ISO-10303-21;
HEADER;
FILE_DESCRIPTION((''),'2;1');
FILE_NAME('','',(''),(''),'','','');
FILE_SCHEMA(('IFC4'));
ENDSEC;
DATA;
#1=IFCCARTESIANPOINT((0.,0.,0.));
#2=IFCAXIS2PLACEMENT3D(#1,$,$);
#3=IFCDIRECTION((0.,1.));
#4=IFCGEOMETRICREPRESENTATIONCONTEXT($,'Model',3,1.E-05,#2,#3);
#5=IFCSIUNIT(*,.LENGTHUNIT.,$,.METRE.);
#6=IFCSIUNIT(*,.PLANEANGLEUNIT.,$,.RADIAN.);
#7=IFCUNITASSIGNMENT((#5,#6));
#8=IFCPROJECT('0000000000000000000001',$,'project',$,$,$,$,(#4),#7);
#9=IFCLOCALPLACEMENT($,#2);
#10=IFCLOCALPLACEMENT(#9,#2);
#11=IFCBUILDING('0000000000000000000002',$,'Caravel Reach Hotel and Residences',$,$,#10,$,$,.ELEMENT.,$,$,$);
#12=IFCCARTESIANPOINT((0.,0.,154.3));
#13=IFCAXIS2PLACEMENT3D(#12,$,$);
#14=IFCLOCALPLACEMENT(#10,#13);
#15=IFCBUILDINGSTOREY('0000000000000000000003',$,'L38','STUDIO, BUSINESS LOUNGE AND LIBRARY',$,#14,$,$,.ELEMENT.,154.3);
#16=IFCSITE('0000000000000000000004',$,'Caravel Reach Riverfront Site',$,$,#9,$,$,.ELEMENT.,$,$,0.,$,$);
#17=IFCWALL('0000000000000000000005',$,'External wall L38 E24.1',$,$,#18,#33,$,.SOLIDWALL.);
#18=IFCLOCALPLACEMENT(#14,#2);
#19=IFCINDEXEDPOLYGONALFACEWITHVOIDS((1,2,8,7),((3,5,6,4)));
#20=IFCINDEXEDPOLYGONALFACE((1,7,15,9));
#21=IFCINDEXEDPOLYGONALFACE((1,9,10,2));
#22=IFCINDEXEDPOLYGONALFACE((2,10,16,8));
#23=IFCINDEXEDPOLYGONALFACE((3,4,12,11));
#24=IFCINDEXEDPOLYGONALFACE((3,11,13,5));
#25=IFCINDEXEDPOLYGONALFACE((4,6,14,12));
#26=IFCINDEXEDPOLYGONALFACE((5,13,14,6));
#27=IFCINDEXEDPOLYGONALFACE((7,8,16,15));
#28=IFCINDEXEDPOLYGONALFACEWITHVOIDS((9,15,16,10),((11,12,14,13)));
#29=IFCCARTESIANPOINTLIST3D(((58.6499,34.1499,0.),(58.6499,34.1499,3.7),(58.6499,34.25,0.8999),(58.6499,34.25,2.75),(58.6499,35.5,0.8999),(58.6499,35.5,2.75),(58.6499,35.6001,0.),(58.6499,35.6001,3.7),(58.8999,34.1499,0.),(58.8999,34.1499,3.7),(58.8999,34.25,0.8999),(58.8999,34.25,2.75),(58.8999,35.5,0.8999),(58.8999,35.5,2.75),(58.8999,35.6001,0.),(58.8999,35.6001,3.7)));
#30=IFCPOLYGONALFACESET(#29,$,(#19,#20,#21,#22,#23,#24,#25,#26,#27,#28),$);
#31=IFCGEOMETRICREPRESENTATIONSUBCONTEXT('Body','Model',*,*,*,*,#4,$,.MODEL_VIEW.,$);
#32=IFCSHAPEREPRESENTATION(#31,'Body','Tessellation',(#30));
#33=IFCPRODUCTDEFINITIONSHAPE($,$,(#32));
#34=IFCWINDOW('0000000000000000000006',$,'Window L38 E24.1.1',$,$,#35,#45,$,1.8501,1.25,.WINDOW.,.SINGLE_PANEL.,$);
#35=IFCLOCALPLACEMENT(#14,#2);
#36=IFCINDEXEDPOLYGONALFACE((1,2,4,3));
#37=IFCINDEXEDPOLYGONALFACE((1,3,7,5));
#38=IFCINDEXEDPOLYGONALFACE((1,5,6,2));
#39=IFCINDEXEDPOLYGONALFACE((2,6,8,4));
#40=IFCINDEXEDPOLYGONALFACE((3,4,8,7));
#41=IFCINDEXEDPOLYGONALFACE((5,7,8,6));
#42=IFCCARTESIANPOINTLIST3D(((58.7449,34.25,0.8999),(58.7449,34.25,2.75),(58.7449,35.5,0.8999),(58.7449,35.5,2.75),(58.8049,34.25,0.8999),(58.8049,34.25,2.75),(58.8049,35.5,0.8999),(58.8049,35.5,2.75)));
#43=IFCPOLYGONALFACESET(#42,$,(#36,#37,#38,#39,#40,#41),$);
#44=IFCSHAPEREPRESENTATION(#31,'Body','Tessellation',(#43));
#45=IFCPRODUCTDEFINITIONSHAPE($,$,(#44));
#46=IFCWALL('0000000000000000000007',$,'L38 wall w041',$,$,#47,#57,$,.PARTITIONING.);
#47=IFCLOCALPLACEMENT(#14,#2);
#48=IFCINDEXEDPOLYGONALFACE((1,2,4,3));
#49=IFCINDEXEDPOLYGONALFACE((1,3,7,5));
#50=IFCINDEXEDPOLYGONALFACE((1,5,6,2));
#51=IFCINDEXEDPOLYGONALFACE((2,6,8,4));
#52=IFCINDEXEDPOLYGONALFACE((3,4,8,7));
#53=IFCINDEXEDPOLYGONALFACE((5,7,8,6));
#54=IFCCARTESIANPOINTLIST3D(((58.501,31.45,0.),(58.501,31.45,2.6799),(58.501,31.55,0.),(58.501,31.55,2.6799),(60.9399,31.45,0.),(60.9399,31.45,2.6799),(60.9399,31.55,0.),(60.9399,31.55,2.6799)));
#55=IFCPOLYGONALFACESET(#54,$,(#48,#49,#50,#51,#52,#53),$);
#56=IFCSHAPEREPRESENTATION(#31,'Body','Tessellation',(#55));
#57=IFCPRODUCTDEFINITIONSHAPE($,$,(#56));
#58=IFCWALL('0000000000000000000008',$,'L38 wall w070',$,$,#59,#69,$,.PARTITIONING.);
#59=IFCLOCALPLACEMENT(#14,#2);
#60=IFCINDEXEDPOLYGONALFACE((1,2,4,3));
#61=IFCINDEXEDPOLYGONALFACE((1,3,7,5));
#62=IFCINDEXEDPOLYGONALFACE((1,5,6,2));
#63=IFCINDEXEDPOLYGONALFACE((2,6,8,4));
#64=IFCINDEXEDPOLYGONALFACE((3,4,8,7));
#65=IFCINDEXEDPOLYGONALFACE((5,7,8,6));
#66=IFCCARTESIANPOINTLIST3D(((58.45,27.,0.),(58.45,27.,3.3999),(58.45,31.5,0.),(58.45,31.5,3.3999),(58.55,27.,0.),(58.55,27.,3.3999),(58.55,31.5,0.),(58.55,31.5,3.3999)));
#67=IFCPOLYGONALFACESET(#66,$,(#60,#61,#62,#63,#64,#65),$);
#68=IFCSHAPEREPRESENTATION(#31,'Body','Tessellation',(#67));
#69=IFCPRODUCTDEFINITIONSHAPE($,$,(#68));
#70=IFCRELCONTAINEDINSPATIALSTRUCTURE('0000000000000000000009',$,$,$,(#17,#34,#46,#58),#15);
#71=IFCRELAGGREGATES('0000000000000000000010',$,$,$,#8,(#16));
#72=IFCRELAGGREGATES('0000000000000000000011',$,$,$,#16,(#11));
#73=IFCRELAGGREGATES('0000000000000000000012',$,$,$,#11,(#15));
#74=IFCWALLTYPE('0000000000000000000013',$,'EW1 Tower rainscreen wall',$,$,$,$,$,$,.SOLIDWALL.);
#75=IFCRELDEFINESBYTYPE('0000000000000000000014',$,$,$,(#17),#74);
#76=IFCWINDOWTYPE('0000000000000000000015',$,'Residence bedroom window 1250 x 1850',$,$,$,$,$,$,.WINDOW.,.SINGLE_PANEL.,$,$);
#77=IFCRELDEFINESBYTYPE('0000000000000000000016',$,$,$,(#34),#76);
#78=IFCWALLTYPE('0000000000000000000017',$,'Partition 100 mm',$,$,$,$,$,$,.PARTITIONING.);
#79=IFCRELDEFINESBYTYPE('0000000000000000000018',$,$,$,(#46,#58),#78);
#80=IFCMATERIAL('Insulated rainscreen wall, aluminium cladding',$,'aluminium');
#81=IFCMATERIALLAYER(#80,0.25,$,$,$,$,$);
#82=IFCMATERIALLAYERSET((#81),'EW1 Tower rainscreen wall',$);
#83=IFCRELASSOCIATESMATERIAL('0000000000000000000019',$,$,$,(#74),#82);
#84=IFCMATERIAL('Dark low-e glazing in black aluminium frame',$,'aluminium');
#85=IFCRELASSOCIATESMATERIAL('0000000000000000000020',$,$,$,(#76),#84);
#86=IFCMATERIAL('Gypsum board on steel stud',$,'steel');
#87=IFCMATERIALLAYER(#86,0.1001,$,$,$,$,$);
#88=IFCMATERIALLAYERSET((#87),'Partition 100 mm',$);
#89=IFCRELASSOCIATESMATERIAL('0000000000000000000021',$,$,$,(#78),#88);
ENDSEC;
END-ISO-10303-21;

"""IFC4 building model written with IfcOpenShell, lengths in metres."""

from ifc_helpers import new_model, si_unit, direction, frame, frame_2d, origin, place, context, subcontext, project, spatial, rectangle, extrude, material, layer, layer_set, type_object, element, fill, save


model = new_model("IFC4")

# Units and contexts
model_context = context("Model", 3, precision=1e-05, world=origin(), true_north=direction((0.0, 1.0)))
body_context = subcontext(model_context, "Body", "Model", "MODEL_VIEW")
ifc_project = project(units=[si_unit("LENGTHUNIT", "METRE"), si_unit("PLANEANGLEUNIT", "RADIAN")], contexts=[model_context])

# Site, building, storey
site_placement = place(None, origin())
site = spatial("IfcSite", under=ifc_project, at=site_placement, Name="Caravel Reach Riverfront Site", CompositionType="ELEMENT", RefElevation=0.0)
building_placement = place(site_placement, origin())
building = spatial("IfcBuilding", under=site, at=building_placement, Name="Caravel Reach Hotel and Residences", CompositionType="ELEMENT")
storey_placement = place(building_placement, frame((0.0, 0.0, 154.3)))
storey = spatial("IfcBuildingStorey", under=building, at=storey_placement, Name="L38", Description="STUDIO, BUSINESS LOUNGE AND LIBRARY", CompositionType="ELEMENT", Elevation=154.3)

# Shared definitions
ifc_material_1 = material(Name="Insulated rainscreen wall, aluminium cladding", Category="aluminium")
ifc_layer_1 = layer(ifc_material_1, 0.25)
ifc_layer_set_1 = layer_set([ifc_layer_1], Name="EW1 Tower rainscreen wall")
wall_type_1 = type_object("IfcWallType", Name="EW1 Tower rainscreen wall", PredefinedType="SOLIDWALL", material=ifc_layer_set_1)

# Wall, opening, window
ifc_material_2 = material(Name="Dark low-e glazing in black aluminium frame", Category="aluminium")
window_type_1 = type_object("IfcWindowType", Name="Residence bedroom window 1250 x 1850", PartitioningType="SINGLE_PANEL", PredefinedType="WINDOW", material=ifc_material_2)
wall_1_placement = place(storey_placement, frame((58.7749, 34.1499, 0.0), z_axis=(0.0, 0.0, 1.0), x_axis=(0.0, 1.0, 0.0)))
wall_1 = element("IfcWall", 1, at=wall_1_placement, inside=storey, type_object=wall_type_1, Name="External wall L38 E24.1", PredefinedType="SOLIDWALL", context=body_context, shape_type="SweptSolid", body=[
    extrude(rectangle(XDim=1.4502, YDim=0.25, at=frame_2d((0.7251, 0.0))), origin(), (0.0, 0.0, 1.0), 3.7),
])
opening_1_placement = place(wall_1_placement, frame((0.1001, 0.0, 0.8999)))
opening_1 = element("IfcOpeningElement", 2, at=opening_1_placement, cuts=wall_1, PredefinedType="OPENING", context=body_context, shape_type="SweptSolid", body=[
    extrude(rectangle(XDim=1.25, YDim=1.8501, at=frame_2d((0.625, 0.925))), frame((0.0, 0.135, 0.0), z_axis=(0.0, -1.0, 0.0), x_axis=(1.0, 0.0, 0.0)), (0.0, 0.0, 1.0), 0.27),
])
window_1_placement = place(opening_1_placement, origin())
window_1 = element("IfcWindow", 3, at=window_1_placement, inside=storey, type_object=window_type_1, Name="Window L38 E24.1.1", OverallHeight=1.8501, OverallWidth=1.25, PartitioningType="SINGLE_PANEL", PredefinedType="WINDOW", context=body_context, shape_type="SweptSolid", body=[
    extrude(rectangle(XDim=1.25, YDim=1.8501, at=frame_2d((0.625, 0.925))), frame((0.0, 0.03, 0.0), z_axis=(0.0, -1.0, 0.0), x_axis=(1.0, 0.0, 0.0)), (0.0, 0.0, 1.0), 0.0601),
])
fill(opening_1, window_1)

# Walls
ifc_material_3 = material(Name="Gypsum board on steel stud", Category="steel")
ifc_layer_2 = layer(ifc_material_3, 0.1001)
ifc_layer_set_2 = layer_set([ifc_layer_2], Name="Partition 100 mm")
wall_type_2 = type_object("IfcWallType", Name="Partition 100 mm", PredefinedType="PARTITIONING", material=ifc_layer_set_2)
wall_2_placement = place(storey_placement, frame((58.501, 31.5, 0.0), z_axis=(0.0, 0.0, 1.0), x_axis=(1.0, 0.0, 0.0)))
element("IfcWall", 4, at=wall_2_placement, inside=storey, type_object=wall_type_2, Name="L38 wall w041", PredefinedType="PARTITIONING", context=body_context, shape_type="SweptSolid", body=[
    extrude(rectangle(XDim=2.439, YDim=0.1001, at=frame_2d((1.2195, 0.0))), origin(), (0.0, 0.0, 1.0), 2.6799),
])
wall_3_placement = place(storey_placement, frame((58.5, 27.0, 0.0), z_axis=(0.0, 0.0, 1.0), x_axis=(0.0, 1.0, 0.0)))
element("IfcWall", 5, at=wall_3_placement, inside=storey, type_object=wall_type_2, Name="L38 wall w070", PredefinedType="PARTITIONING", context=body_context, shape_type="SweptSolid", body=[
    extrude(rectangle(XDim=4.5, YDim=0.1001, at=frame_2d((2.25, 0.0))), origin(), (0.0, 0.0, 1.0), 3.3999),
])

save(model, "model.ifc")
